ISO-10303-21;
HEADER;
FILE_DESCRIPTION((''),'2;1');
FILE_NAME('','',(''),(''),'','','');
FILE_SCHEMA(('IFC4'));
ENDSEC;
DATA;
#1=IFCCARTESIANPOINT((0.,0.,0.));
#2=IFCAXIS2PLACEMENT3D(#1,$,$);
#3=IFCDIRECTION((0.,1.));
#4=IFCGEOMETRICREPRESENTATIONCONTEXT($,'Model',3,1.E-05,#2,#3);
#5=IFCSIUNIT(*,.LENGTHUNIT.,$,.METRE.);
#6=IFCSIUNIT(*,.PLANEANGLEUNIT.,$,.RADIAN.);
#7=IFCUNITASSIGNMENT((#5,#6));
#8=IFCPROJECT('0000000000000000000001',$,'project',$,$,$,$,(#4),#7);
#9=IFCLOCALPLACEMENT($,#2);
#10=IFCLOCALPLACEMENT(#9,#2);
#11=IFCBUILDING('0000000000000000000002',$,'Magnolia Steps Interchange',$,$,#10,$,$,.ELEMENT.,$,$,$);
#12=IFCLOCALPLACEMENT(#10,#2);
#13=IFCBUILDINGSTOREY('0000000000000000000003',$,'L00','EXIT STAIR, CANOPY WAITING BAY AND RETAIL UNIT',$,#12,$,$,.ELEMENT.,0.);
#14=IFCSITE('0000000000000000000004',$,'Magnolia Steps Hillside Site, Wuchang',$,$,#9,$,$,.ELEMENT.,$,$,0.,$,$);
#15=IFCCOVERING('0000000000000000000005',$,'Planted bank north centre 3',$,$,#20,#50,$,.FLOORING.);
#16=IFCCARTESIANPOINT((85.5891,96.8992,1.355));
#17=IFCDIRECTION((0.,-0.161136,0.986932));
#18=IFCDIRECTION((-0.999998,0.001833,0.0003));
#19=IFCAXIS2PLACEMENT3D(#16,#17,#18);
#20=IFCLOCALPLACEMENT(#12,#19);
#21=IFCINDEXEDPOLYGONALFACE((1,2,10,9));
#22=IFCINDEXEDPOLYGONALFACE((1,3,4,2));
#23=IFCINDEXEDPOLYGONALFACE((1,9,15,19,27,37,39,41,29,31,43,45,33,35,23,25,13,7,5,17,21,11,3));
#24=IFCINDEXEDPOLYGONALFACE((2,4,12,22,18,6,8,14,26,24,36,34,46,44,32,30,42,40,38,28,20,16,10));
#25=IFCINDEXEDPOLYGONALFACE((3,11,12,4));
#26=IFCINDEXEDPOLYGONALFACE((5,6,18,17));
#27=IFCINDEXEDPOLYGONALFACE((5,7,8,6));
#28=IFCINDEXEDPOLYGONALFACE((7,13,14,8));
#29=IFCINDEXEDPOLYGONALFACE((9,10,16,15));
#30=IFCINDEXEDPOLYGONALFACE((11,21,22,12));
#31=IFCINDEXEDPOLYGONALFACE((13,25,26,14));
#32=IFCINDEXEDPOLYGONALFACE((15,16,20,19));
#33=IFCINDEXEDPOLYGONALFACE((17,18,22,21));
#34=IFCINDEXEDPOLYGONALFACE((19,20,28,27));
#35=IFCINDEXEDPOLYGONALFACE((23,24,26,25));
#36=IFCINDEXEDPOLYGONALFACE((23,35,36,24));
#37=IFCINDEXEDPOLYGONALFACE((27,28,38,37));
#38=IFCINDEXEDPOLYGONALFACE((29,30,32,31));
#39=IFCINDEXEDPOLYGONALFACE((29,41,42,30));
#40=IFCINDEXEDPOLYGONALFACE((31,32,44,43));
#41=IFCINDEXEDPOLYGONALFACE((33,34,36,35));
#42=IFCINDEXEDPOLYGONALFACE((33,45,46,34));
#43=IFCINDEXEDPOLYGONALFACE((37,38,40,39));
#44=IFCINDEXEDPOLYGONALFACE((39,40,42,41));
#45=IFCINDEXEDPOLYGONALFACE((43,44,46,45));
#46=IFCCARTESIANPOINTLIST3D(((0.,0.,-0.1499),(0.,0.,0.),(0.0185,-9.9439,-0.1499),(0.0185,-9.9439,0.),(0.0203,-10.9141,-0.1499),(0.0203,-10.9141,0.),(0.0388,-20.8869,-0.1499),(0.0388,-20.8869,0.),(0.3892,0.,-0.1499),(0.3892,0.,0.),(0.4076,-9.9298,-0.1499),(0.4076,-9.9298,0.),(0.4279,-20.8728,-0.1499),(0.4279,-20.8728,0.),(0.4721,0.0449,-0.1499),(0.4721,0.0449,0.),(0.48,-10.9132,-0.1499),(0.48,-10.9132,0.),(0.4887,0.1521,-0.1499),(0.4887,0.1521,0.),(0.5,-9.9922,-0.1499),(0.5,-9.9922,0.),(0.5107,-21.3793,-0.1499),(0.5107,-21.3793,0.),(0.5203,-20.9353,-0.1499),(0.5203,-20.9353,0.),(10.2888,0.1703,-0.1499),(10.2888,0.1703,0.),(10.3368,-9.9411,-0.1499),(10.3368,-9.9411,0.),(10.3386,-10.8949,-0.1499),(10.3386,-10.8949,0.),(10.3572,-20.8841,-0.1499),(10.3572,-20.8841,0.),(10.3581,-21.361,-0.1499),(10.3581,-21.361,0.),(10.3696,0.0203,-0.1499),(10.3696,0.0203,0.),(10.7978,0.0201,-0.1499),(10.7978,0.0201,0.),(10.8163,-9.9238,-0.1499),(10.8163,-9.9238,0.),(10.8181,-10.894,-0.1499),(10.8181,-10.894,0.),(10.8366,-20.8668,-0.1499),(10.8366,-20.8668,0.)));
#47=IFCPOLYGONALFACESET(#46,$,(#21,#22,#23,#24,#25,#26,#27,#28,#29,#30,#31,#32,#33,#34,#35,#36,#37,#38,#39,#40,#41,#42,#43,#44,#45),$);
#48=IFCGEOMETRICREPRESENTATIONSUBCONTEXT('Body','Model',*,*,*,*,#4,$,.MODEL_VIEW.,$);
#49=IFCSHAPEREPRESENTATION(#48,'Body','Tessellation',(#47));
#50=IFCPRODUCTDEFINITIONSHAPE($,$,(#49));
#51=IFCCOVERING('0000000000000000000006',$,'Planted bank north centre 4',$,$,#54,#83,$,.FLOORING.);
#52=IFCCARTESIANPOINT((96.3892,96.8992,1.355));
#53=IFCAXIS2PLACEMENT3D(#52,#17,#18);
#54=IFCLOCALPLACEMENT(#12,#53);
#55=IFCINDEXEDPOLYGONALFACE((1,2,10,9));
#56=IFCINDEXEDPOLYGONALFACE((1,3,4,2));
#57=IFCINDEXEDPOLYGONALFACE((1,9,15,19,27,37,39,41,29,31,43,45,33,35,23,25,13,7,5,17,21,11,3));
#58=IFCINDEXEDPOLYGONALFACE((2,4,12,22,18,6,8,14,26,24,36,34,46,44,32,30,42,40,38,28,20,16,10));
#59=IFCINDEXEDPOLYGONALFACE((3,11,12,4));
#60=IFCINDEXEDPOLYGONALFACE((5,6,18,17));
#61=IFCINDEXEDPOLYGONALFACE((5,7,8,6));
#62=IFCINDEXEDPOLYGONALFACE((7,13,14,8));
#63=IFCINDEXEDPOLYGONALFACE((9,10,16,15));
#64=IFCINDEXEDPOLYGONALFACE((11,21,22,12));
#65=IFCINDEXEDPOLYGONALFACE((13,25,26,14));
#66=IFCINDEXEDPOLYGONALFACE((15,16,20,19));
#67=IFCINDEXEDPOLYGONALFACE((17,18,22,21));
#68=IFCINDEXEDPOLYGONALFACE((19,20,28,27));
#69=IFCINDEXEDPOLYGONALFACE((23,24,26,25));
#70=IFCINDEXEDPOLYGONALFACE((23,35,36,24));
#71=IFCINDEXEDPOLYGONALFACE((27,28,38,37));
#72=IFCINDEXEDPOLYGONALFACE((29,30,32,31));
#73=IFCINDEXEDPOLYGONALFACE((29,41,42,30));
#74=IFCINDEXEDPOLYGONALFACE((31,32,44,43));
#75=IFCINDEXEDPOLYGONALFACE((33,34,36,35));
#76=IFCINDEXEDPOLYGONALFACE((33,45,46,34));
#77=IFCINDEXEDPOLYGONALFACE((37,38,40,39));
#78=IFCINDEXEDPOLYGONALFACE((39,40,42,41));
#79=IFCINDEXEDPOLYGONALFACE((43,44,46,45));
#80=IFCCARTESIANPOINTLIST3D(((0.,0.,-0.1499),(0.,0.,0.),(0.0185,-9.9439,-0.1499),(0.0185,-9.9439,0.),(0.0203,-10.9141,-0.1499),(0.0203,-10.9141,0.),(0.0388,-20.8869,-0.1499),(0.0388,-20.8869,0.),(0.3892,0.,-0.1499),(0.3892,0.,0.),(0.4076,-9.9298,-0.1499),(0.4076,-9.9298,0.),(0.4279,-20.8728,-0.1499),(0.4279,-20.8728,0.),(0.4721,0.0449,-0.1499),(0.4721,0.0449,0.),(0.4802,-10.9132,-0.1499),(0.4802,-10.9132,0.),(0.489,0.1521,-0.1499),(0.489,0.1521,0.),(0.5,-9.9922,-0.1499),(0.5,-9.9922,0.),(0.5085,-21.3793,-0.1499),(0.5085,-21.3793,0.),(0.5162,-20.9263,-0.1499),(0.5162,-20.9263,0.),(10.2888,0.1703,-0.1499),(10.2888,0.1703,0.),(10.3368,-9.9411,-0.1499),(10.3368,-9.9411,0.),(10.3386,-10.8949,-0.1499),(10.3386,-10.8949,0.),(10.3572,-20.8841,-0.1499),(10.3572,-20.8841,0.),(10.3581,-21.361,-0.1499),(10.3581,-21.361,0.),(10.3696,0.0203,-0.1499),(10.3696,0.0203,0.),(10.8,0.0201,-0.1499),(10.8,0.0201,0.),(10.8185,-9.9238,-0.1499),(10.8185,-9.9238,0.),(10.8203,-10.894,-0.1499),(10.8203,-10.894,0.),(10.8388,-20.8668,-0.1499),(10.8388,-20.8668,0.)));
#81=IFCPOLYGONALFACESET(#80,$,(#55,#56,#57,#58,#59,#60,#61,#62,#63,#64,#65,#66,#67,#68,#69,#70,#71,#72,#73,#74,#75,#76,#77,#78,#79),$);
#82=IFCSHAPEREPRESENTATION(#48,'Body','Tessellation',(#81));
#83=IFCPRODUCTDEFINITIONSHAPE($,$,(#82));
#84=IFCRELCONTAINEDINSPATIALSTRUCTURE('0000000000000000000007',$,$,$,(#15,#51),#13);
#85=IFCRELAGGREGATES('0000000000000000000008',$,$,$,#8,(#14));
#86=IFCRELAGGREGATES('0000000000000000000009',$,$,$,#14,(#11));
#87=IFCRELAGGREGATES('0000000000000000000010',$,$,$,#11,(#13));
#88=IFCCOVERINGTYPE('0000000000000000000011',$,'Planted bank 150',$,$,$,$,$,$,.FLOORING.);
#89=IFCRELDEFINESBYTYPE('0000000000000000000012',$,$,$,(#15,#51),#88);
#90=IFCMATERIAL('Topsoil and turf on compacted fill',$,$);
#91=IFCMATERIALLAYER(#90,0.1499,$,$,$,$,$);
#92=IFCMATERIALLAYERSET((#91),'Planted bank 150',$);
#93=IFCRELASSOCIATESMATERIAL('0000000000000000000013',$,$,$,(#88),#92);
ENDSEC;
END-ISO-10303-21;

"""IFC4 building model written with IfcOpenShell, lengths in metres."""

from ifc_helpers import new_model, si_unit, direction, frame, origin, place, context, subcontext, project, spatial, polyline, outline, extrude, material, layer, layer_set, type_object, element, save


model = new_model("IFC4")

# Units and contexts
model_context = context("Model", 3, precision=1e-05, world=origin(), true_north=direction((0.0, 1.0)))
body_context = subcontext(model_context, "Body", "Model", "MODEL_VIEW")
ifc_project = project(units=[si_unit("LENGTHUNIT", "METRE"), si_unit("PLANEANGLEUNIT", "RADIAN")], contexts=[model_context])

# Site, building, storey
site_placement = place(None, origin())
site = spatial("IfcSite", under=ifc_project, at=site_placement, Name="Magnolia Steps Hillside Site, Wuchang", CompositionType="ELEMENT", RefElevation=0.0)
building_placement = place(site_placement, origin())
building = spatial("IfcBuilding", under=site, at=building_placement, Name="Magnolia Steps Interchange", CompositionType="ELEMENT")
storey_placement = place(building_placement, origin())
storey = spatial("IfcBuildingStorey", under=building, at=storey_placement, Name="L00", Description="EXIT STAIR, CANOPY WAITING BAY AND RETAIL UNIT", CompositionType="ELEMENT", Elevation=0.0)

# Coverings
ifc_material_1 = material(Name="Topsoil and turf on compacted fill")
ifc_layer_1 = layer(ifc_material_1, 0.1499)
ifc_layer_set_1 = layer_set([ifc_layer_1], Name="Planted bank 150")
covering_type = type_object("IfcCoveringType", Name="Planted bank 150", PredefinedType="FLOORING", material=ifc_layer_set_1)
covering_1_placement = place(storey_placement, frame((85.5891, 96.8992, 1.355), z_axis=(0.0, -0.161136, 0.986932), x_axis=(-0.999998, 0.001833, 0.0003)))
element("IfcCovering", 1, at=covering_1_placement, inside=storey, type_object=covering_type, Name="Planted bank north centre 3", PredefinedType="FLOORING", context=body_context, shape_type="SweptSolid", body=[
    extrude(outline(polyline([(0.0, 0.0), (0.3892, 0.0), (0.4721, 0.0449), (0.4887, 0.1521), (10.2888, 0.1703), (10.3696, 0.0203), (10.7978, 0.0201), (10.8163, -9.9238), (10.3368, -9.9411), (10.3386, -10.8949), (10.8181, -10.894), (10.8366, -20.8668), (10.3572, -20.8841), (10.3581, -21.361), (0.5107, -21.3793), (0.5203, -20.9353), (0.4279, -20.8728), (0.0388, -20.8869), (0.0203, -10.9141), (0.48, -10.9132), (0.5, -9.9922), (0.4076, -9.9298), (0.0185, -9.9439), (0.0, 0.0)])), origin(), (0.0, 0.0, -1.0), 0.1499),
])
covering_2_placement = place(storey_placement, frame((96.3892, 96.8992, 1.355), z_axis=(0.0, -0.161136, 0.986932), x_axis=(-0.999998, 0.001833, 0.0003)))
element("IfcCovering", 2, at=covering_2_placement, inside=storey, type_object=covering_type, Name="Planted bank north centre 4", PredefinedType="FLOORING", context=body_context, shape_type="SweptSolid", body=[
    extrude(outline(polyline([(0.0, 0.0), (0.3892, 0.0), (0.4721, 0.0449), (0.489, 0.1521), (10.2888, 0.1703), (10.3696, 0.0203), (10.8, 0.0201), (10.8185, -9.9238), (10.3368, -9.9411), (10.3386, -10.8949), (10.8203, -10.894), (10.8388, -20.8668), (10.3572, -20.8841), (10.3581, -21.361), (0.5085, -21.3793), (0.5162, -20.9263), (0.4279, -20.8728), (0.0388, -20.8869), (0.0203, -10.9141), (0.4802, -10.9132), (0.5, -9.9922), (0.4076, -9.9298), (0.0185, -9.9439), (0.0, 0.0)])), origin(), (0.0, 0.0, -1.0), 0.1499),
])

save(model, "model.ifc")
